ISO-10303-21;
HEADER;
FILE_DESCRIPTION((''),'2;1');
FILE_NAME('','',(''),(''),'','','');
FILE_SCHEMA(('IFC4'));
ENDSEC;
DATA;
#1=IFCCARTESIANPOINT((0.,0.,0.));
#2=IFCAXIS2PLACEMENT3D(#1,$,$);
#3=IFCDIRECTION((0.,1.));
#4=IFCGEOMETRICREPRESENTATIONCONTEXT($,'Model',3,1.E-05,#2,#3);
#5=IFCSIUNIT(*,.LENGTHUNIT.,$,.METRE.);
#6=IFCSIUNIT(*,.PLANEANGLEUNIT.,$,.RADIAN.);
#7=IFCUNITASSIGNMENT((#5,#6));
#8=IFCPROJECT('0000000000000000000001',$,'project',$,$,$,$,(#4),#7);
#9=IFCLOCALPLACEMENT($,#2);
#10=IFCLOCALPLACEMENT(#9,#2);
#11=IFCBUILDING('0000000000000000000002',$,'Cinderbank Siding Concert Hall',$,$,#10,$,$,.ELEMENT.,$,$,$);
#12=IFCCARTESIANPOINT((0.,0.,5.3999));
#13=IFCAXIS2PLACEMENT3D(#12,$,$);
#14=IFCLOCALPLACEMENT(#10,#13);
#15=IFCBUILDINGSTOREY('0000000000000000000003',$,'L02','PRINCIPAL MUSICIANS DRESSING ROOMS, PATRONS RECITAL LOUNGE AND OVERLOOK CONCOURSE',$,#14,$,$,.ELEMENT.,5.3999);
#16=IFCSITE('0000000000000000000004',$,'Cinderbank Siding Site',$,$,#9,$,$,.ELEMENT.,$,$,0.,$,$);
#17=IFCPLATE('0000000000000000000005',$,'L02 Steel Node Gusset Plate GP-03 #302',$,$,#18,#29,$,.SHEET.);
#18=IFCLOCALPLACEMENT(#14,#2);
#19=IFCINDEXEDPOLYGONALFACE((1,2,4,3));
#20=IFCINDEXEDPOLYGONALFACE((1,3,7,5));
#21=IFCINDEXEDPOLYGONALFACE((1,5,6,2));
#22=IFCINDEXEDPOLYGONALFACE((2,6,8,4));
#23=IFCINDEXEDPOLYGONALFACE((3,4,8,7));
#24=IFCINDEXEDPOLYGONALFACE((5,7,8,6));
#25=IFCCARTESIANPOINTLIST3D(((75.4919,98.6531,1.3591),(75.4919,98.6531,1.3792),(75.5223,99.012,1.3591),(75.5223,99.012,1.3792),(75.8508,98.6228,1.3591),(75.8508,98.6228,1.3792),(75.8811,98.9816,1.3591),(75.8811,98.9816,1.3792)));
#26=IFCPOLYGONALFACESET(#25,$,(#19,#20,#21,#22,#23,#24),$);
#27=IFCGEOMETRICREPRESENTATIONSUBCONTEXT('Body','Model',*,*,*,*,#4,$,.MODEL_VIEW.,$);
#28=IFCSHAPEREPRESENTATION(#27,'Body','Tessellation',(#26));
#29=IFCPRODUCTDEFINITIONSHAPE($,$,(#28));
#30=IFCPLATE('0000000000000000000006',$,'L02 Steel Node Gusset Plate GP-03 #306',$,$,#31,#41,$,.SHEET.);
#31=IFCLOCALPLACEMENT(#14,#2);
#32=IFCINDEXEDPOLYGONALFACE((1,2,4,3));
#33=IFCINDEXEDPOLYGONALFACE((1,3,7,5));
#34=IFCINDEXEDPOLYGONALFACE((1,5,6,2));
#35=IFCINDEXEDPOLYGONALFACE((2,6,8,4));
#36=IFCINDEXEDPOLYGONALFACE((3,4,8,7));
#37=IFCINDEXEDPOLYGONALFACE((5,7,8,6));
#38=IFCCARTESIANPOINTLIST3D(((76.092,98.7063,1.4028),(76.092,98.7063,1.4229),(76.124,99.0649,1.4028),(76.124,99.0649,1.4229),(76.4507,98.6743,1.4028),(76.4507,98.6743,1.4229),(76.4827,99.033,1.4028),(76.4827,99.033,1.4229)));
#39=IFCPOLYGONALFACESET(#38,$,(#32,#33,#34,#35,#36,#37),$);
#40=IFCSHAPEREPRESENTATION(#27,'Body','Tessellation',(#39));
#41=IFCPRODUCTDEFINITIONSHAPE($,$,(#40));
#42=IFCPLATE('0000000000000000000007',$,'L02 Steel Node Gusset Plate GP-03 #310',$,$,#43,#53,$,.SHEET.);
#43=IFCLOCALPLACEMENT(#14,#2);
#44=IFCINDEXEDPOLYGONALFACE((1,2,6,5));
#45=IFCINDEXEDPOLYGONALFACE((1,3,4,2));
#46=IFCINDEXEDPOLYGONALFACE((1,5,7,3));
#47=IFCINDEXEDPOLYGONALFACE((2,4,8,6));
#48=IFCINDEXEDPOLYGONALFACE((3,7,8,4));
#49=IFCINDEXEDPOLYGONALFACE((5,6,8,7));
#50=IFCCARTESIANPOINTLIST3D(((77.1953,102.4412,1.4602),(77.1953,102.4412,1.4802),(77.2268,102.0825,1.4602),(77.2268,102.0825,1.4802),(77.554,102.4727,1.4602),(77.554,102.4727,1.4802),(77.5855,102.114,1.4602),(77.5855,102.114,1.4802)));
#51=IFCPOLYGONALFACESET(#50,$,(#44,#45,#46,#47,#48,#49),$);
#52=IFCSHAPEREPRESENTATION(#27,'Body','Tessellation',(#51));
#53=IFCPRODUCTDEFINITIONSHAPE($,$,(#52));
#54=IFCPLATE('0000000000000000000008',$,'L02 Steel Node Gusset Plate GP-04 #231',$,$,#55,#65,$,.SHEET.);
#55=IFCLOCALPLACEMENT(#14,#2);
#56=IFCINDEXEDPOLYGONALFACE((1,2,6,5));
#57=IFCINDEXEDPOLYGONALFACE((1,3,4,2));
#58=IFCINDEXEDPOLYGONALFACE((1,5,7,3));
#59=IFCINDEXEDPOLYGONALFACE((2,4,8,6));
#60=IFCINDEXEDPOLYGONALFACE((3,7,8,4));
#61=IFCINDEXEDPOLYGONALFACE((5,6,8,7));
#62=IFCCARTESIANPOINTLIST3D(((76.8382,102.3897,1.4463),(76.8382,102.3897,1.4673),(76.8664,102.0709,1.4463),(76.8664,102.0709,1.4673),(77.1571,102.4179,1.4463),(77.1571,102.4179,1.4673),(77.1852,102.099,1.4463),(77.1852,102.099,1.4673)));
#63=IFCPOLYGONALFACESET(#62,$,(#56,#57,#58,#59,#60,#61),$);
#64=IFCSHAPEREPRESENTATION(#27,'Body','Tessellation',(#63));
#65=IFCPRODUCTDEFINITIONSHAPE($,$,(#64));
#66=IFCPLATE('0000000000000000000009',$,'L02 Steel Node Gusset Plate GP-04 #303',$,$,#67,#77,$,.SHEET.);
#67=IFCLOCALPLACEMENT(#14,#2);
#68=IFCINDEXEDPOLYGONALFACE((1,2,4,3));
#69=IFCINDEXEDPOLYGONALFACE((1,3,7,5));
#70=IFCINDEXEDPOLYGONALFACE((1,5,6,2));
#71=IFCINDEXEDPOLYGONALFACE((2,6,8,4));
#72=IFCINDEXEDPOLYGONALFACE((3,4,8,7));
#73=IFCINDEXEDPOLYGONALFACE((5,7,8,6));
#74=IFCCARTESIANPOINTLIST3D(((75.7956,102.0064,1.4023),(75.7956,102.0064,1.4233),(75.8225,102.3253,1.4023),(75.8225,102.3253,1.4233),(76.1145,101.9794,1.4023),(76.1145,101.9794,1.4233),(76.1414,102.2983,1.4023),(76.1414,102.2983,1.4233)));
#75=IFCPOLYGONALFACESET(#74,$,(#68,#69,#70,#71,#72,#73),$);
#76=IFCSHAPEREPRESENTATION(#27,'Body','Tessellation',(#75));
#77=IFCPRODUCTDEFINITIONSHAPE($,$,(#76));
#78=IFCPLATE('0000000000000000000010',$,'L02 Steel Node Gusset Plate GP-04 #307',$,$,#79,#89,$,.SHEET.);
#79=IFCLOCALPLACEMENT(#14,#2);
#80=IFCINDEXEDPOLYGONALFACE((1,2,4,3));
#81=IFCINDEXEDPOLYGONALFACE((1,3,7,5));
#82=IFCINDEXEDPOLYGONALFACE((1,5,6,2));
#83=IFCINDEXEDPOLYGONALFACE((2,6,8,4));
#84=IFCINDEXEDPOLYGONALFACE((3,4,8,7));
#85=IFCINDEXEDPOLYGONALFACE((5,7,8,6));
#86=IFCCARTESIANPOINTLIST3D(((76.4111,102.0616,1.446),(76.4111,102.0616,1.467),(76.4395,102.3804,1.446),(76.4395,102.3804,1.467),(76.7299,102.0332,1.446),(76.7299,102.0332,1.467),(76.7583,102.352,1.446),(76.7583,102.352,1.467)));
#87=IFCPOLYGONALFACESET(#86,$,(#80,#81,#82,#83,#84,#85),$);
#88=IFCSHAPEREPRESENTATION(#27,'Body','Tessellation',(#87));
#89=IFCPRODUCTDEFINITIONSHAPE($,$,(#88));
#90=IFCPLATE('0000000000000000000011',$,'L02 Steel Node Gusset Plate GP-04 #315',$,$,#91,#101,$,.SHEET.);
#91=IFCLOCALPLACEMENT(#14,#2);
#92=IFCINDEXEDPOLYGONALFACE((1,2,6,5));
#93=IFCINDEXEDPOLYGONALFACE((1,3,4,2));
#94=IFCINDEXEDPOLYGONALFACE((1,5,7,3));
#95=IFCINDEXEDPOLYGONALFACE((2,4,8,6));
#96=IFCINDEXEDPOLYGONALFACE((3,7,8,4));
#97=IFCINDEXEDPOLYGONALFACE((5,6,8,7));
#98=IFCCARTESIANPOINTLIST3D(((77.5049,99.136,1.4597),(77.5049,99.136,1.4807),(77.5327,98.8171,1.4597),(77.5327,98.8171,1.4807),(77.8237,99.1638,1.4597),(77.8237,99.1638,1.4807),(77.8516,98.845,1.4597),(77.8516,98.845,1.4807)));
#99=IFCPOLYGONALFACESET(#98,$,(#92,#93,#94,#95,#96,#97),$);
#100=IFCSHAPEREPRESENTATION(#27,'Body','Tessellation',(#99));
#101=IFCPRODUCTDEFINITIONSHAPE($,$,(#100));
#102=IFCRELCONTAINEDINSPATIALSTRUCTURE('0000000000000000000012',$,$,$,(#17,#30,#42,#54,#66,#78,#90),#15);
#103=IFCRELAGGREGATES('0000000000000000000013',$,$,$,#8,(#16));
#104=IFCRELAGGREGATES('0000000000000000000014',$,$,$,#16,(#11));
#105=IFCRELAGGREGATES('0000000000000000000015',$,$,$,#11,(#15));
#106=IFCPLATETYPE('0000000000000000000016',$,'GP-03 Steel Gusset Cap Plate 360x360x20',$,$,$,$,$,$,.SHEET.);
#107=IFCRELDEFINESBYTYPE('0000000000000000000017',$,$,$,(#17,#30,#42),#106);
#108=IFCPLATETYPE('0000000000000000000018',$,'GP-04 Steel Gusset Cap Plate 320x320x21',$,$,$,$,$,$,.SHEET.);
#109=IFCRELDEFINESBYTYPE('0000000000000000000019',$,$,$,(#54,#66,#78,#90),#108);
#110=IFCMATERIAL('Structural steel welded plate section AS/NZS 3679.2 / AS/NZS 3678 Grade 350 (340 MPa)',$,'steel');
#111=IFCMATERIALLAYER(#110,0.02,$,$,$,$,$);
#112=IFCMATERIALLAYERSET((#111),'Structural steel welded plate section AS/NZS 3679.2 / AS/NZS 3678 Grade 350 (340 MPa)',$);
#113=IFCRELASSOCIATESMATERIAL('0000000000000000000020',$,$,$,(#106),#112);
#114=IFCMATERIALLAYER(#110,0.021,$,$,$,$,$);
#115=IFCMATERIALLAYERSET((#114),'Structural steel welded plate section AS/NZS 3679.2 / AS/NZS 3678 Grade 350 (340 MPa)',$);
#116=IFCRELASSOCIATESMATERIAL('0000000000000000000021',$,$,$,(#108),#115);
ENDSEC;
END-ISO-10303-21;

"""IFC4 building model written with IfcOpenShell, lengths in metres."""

from ifc_helpers import new_model, si_unit, direction, frame, origin, origin_2d, place, context, subcontext, project, spatial, rectangle, extrude, material, layer, layer_set, type_object, element, save


model = new_model("IFC4")

# Units and contexts
model_context = context("Model", 3, precision=1e-05, world=origin(), true_north=direction((0.0, 1.0)))
body_context = subcontext(model_context, "Body", "Model", "MODEL_VIEW")
ifc_project = project(units=[si_unit("LENGTHUNIT", "METRE"), si_unit("PLANEANGLEUNIT", "RADIAN")], contexts=[model_context])

# Site, building, storey
site_placement = place(None, origin())
site = spatial("IfcSite", under=ifc_project, at=site_placement, Name="Cinderbank Siding Site", CompositionType="ELEMENT", RefElevation=0.0)
building_placement = place(site_placement, origin())
building = spatial("IfcBuilding", under=site, at=building_placement, Name="Cinderbank Siding Concert Hall", CompositionType="ELEMENT")
storey_placement = place(building_placement, frame((0.0, 0.0, 5.3999)))
storey = spatial("IfcBuildingStorey", under=building, at=storey_placement, Name="L02", Description="PRINCIPAL MUSICIANS DRESSING ROOMS, PATRONS RECITAL LOUNGE AND OVERLOOK CONCOURSE", CompositionType="ELEMENT", Elevation=5.3999)

# Shared definitions
ifc_material_1 = material(Name="Structural steel welded plate section AS/NZS 3679.2 / AS/NZS 3678 Grade 350 (340 MPa)", Category="steel")

# Plates
ifc_layer_1 = layer(ifc_material_1, 0.02)
ifc_layer_set_1 = layer_set([ifc_layer_1], Name="Structural steel welded plate section AS/NZS 3679.2 / AS/NZS 3678 Grade 350 (340 MPa)")
plate_type_1 = type_object("IfcPlateType", Name="GP-03 Steel Gusset Cap Plate 360x360x20", PredefinedType="SHEET", material=ifc_layer_set_1)
for number, where, z_axis, x_axis, name in (
    (1, (75.6865, 98.8174, 1.3591), (0.0, 0.0, 1.0), (0.0842, 0.996449, 0.0), "L02 Steel Node Gusset Plate GP-03 #302"),
    (2, (76.2874, 98.8696, 1.4028), (0.0, 0.0, 1.0), (0.08872, 0.996057, 0.0), "L02 Steel Node Gusset Plate GP-03 #306"),
    (3, (77.3904, 102.2776, 1.4602), (0.0, 0.0, 1.0), (0.996164, 0.087503, 0.0), "L02 Steel Node Gusset Plate GP-03 #310"),
):
    element("IfcPlate", number, at=place(storey_placement, frame(where, z_axis=z_axis, x_axis=x_axis)), inside=storey, type_object=plate_type_1, Name=name, PredefinedType="SHEET", context=body_context, shape_type="SweptSolid", body=[
        extrude(rectangle(XDim=0.3601, YDim=0.3601, at=origin_2d()), origin(), (0.0, 0.0, 1.0), 0.02),
    ])
ifc_layer_2 = layer(ifc_material_1, 0.021)
ifc_layer_set_2 = layer_set([ifc_layer_2], Name="Structural steel welded plate section AS/NZS 3679.2 / AS/NZS 3678 Grade 350 (340 MPa)")
plate_type_2 = type_object("IfcPlateType", Name="GP-04 Steel Gusset Cap Plate 320x320x21", PredefinedType="SHEET", material=ifc_layer_set_2)
for number, where, z_axis, x_axis, name in (
    (4, (77.0117, 102.2444, 1.4463), (0.0, 0.0, 1.0), (0.996134, 0.087851, 0.0), "L02 Steel Node Gusset Plate GP-04 #231"),
    (5, (75.9685, 102.1523, 1.4023), (0.0, 0.0, 1.0), (0.0842, 0.996449, 0.0), "L02 Steel Node Gusset Plate GP-04 #303"),
    (6, (76.5847, 102.2068, 1.446), (0.0, 0.0, 1.0), (0.08872, 0.996057, 0.0), "L02 Steel Node Gusset Plate GP-04 #307"),
    (7, (77.6782, 98.9905, 1.4597), (0.0, 0.0, 1.0), (0.99621, 0.086982, 0.0), "L02 Steel Node Gusset Plate GP-04 #315"),
):
    element("IfcPlate", number, at=place(storey_placement, frame(where, z_axis=z_axis, x_axis=x_axis)), inside=storey, type_object=plate_type_2, Name=name, PredefinedType="SHEET", context=body_context, shape_type="SweptSolid", body=[
        extrude(rectangle(XDim=0.3201, YDim=0.3201, at=origin_2d()), origin(), (0.0, 0.0, 1.0), 0.021),
    ])

save(model, "model.ifc")
